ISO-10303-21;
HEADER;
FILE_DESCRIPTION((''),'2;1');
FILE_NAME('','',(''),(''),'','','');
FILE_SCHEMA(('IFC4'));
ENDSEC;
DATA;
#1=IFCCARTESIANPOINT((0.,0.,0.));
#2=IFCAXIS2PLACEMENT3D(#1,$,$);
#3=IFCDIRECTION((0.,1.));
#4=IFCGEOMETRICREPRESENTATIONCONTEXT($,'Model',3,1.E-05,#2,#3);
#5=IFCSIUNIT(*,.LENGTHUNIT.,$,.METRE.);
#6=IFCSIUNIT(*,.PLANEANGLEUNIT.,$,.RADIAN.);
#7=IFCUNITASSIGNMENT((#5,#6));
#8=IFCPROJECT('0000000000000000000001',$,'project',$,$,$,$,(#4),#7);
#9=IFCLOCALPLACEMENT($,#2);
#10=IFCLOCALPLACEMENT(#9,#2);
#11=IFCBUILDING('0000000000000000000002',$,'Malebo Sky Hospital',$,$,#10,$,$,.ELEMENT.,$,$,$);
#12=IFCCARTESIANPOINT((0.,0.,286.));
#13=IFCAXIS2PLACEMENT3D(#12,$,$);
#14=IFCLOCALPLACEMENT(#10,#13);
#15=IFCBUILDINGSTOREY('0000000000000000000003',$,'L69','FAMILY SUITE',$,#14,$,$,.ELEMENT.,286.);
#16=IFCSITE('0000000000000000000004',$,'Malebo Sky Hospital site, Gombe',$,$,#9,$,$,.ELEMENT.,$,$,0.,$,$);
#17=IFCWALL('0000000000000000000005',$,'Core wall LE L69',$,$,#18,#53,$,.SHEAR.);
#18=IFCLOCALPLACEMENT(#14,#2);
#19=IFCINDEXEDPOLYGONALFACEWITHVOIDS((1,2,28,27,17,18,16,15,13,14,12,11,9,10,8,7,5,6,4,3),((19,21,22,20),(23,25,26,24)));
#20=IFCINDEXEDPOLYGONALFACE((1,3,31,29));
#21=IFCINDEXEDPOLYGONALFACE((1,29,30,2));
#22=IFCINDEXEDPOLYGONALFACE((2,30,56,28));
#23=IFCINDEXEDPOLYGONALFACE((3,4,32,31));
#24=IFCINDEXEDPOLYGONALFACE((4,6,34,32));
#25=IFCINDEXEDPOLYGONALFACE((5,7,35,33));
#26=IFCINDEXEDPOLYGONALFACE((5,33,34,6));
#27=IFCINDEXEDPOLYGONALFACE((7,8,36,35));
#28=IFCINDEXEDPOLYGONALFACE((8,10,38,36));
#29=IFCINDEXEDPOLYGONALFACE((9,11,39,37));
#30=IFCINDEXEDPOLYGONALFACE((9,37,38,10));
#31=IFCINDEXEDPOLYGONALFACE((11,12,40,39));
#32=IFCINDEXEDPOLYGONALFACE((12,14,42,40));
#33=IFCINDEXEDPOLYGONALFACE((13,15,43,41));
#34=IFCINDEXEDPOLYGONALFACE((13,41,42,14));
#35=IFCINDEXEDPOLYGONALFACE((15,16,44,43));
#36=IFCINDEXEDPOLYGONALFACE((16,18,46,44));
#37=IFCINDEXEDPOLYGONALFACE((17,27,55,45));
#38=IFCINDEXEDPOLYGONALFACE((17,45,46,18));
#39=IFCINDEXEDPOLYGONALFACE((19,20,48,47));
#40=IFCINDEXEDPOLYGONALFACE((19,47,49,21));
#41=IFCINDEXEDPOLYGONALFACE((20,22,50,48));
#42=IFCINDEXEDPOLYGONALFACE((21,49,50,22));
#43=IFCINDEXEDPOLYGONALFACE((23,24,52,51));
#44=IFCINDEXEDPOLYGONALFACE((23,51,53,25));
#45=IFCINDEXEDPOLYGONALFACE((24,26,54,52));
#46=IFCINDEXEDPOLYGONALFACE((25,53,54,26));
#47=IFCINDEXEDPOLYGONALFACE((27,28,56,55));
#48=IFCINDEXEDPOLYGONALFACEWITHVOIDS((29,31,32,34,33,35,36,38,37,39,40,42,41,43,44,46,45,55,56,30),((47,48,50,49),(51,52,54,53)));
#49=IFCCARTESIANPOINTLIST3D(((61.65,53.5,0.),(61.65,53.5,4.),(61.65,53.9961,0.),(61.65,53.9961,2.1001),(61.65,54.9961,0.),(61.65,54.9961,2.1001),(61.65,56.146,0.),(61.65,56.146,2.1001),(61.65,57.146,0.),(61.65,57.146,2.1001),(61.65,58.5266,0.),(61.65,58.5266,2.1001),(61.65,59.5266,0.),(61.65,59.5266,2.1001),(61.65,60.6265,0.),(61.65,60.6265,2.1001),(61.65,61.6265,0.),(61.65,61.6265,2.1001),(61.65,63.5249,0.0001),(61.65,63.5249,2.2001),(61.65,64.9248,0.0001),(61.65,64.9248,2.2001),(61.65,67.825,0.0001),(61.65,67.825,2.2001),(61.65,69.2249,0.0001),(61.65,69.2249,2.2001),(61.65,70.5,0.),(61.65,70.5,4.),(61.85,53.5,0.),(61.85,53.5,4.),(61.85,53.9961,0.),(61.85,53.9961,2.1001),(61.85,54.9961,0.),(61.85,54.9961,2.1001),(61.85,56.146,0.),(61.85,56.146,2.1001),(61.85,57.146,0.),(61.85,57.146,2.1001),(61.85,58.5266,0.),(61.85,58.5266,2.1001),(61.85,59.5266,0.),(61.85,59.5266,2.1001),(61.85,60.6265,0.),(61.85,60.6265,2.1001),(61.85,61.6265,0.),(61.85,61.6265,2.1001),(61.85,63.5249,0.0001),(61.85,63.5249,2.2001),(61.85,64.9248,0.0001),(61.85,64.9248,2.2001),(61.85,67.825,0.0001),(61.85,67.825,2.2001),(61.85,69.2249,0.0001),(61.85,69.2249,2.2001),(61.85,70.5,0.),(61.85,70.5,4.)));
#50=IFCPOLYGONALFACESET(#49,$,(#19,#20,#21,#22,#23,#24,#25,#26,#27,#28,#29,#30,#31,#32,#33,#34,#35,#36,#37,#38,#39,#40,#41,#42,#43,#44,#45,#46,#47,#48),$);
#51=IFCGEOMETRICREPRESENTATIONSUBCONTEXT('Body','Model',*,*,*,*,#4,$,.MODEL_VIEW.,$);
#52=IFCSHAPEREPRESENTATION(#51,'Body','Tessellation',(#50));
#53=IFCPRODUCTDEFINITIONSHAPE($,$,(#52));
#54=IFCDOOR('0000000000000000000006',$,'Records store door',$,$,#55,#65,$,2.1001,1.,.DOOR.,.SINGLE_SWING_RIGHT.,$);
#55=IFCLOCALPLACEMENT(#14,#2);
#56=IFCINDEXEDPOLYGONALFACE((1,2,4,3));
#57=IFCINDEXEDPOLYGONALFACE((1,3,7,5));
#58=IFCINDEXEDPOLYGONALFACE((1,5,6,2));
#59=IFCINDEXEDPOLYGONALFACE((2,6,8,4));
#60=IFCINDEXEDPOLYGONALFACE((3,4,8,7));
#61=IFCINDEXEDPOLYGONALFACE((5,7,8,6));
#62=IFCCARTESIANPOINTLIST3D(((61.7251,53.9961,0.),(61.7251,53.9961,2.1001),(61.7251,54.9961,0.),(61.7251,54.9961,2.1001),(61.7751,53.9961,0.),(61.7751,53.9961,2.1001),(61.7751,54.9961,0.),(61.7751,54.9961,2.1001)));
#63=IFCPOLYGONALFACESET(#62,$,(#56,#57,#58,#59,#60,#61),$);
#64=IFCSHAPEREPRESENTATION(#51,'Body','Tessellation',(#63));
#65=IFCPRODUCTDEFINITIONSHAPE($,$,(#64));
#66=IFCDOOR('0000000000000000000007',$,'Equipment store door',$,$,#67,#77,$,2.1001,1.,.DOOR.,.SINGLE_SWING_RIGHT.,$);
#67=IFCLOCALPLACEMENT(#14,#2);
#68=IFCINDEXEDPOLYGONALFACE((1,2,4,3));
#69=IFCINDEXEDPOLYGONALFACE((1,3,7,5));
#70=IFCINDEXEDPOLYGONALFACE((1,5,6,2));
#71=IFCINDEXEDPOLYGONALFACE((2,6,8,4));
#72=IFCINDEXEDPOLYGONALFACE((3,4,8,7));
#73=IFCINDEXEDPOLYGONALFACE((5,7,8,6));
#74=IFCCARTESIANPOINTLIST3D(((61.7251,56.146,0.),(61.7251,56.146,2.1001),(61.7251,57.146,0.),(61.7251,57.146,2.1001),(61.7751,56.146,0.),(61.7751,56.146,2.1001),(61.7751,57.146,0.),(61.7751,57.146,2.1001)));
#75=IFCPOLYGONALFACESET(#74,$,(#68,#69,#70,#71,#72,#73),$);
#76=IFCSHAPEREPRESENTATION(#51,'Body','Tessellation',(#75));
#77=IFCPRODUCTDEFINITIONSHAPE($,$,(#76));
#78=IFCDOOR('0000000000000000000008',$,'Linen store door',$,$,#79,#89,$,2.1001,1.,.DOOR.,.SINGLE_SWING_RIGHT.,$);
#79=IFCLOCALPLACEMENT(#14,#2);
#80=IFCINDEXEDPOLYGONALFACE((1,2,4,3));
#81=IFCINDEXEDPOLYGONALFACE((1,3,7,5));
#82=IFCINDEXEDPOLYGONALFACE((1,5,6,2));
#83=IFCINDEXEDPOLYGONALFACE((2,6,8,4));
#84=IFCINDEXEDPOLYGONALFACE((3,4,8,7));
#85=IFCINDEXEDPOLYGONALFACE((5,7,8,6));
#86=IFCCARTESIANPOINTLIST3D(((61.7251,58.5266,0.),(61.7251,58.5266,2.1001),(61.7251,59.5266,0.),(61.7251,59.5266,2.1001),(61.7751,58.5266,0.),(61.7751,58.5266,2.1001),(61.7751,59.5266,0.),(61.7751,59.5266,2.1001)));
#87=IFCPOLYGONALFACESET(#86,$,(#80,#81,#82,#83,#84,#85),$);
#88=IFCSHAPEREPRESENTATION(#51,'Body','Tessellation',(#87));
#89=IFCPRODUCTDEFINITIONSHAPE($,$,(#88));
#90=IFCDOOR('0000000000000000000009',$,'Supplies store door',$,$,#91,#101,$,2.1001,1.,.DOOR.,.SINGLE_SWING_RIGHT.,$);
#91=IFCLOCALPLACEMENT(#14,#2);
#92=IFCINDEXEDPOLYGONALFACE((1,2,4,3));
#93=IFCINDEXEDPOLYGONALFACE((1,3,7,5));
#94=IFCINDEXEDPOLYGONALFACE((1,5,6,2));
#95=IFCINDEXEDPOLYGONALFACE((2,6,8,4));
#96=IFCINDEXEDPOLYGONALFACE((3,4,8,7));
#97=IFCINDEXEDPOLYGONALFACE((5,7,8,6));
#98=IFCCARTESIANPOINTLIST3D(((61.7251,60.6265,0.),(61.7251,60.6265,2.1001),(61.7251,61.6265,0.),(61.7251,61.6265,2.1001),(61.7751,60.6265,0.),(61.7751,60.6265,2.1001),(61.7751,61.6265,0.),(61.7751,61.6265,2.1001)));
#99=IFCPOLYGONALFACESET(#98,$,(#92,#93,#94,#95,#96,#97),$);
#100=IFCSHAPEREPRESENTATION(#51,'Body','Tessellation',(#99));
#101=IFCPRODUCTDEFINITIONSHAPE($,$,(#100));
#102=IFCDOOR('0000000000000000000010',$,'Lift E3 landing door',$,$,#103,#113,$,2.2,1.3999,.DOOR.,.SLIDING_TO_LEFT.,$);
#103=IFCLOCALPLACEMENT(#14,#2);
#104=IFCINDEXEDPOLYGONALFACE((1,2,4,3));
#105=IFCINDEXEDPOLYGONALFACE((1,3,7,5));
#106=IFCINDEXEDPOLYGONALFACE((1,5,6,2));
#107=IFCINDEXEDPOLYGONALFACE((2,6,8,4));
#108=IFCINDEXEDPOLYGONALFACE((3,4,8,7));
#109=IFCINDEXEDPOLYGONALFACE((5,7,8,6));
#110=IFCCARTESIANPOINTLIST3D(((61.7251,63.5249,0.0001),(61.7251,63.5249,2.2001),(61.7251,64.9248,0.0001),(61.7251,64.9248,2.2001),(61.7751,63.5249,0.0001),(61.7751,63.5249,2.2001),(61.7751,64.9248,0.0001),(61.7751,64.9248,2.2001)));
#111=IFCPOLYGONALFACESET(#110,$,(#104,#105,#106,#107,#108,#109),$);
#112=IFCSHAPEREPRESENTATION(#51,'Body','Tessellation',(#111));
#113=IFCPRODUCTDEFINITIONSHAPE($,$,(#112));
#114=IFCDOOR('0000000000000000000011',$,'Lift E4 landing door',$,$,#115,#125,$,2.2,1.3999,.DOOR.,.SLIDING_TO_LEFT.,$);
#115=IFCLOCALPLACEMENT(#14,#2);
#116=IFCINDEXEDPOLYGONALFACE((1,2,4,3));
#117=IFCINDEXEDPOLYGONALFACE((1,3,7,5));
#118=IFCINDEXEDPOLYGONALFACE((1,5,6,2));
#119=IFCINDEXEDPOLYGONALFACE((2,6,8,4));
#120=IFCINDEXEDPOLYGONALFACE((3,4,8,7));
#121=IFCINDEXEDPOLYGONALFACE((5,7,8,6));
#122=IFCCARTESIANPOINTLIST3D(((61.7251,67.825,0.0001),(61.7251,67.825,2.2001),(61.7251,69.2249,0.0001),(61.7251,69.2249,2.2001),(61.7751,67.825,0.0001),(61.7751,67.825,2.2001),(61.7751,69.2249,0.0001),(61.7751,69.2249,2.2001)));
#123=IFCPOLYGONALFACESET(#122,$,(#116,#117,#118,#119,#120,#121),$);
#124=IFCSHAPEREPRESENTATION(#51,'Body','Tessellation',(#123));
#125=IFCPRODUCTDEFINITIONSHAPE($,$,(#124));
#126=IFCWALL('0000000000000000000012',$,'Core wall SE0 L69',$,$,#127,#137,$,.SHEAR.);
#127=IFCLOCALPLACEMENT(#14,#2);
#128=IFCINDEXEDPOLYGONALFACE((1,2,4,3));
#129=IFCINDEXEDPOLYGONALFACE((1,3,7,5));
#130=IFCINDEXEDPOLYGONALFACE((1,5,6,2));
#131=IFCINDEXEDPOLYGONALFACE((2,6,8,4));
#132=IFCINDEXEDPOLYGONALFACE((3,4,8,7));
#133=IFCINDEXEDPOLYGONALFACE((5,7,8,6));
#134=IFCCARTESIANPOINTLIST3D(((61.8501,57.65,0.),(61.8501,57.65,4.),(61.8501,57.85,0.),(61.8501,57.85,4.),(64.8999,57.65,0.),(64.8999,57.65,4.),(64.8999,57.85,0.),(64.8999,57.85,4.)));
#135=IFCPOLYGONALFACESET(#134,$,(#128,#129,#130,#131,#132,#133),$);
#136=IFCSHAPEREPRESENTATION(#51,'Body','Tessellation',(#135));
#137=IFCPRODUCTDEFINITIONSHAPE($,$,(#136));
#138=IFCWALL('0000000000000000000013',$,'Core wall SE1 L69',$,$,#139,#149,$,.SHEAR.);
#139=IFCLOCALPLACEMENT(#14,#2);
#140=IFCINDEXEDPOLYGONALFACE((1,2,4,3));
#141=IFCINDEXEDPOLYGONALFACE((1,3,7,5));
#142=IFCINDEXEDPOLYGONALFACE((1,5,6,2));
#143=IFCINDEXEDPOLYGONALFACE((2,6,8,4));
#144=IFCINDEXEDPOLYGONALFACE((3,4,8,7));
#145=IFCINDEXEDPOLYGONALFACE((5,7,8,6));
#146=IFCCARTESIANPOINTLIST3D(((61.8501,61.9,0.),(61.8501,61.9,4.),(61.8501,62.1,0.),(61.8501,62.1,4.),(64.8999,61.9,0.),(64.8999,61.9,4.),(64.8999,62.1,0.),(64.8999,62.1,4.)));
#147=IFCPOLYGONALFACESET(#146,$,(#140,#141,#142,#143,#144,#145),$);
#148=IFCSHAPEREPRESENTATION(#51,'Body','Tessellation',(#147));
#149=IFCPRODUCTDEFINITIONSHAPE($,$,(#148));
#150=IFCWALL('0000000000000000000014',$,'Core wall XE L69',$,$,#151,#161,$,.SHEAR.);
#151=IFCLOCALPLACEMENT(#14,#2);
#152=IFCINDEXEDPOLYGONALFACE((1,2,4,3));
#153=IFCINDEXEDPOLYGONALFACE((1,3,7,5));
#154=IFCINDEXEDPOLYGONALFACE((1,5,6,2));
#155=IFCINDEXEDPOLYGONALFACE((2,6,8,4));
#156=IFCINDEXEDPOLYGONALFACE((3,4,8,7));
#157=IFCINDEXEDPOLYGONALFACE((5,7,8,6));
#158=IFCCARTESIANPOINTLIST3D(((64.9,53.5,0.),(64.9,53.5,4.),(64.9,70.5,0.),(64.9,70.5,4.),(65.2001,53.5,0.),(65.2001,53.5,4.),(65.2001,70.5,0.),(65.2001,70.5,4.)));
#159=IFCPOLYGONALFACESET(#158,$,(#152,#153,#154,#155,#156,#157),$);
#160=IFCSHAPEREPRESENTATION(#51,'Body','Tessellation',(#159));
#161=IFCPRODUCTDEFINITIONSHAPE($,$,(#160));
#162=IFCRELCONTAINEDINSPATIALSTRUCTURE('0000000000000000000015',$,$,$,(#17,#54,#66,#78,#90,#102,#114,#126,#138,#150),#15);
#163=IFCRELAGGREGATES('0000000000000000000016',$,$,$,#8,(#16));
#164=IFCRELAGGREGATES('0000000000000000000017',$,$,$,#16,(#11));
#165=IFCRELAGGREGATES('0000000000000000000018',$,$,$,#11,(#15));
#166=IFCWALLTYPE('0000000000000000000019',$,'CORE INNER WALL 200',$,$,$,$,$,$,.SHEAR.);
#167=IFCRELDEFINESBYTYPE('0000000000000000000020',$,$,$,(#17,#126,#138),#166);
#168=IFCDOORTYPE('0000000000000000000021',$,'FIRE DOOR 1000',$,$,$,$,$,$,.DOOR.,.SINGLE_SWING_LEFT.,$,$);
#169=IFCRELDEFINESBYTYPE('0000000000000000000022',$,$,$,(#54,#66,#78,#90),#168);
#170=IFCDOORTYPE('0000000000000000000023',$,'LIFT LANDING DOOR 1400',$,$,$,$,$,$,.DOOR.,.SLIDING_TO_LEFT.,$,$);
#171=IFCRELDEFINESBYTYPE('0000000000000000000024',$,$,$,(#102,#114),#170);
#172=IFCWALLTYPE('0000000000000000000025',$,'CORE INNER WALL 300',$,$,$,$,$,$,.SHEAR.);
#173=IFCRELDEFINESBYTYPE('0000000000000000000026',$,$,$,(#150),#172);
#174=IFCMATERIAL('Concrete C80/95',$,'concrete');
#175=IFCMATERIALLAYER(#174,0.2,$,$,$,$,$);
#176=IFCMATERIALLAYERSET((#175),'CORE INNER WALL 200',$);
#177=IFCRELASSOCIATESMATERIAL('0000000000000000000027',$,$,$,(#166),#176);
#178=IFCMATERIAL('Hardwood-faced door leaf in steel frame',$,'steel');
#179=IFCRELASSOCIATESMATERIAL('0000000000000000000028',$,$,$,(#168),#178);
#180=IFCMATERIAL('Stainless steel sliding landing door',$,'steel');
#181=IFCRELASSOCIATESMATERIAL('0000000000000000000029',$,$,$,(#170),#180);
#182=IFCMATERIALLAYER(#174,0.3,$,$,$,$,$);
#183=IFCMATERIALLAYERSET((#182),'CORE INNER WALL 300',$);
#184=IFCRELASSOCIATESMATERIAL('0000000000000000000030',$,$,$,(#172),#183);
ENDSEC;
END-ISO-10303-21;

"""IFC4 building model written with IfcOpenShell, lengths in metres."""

from ifc_helpers import new_model, si_unit, direction, frame, frame_2d, origin, place, context, subcontext, project, spatial, rectangle, extrude, material, layer, layer_set, type_object, element, fill, save


model = new_model("IFC4")

# Units and contexts
model_context = context("Model", 3, precision=1e-05, world=origin(), true_north=direction((0.0, 1.0)))
body_context = subcontext(model_context, "Body", "Model", "MODEL_VIEW")
ifc_project = project(units=[si_unit("LENGTHUNIT", "METRE"), si_unit("PLANEANGLEUNIT", "RADIAN")], contexts=[model_context])

# Site, building, storey
site_placement = place(None, origin())
site = spatial("IfcSite", under=ifc_project, at=site_placement, Name="Malebo Sky Hospital site, Gombe", CompositionType="ELEMENT", RefElevation=0.0)
building_placement = place(site_placement, origin())
building = spatial("IfcBuilding", under=site, at=building_placement, Name="Malebo Sky Hospital", CompositionType="ELEMENT")
storey_placement = place(building_placement, frame((0.0, 0.0, 286.0)))
storey = spatial("IfcBuildingStorey", under=building, at=storey_placement, Name="L69", Description="FAMILY SUITE", CompositionType="ELEMENT", Elevation=286.0)

# Wall, openings, doors
ifc_material_1 = material(Name="Concrete C80/95", Category="concrete")
ifc_layer_1 = layer(ifc_material_1, 0.2)
ifc_layer_set_1 = layer_set([ifc_layer_1], Name="CORE INNER WALL 200")
wall_type_1 = type_object("IfcWallType", Name="CORE INNER WALL 200", PredefinedType="SHEAR", material=ifc_layer_set_1)
ifc_material_2 = material(Name="Hardwood-faced door leaf in steel frame", Category="steel")
door_type_1 = type_object("IfcDoorType", Name="FIRE DOOR 1000", OperationType="SINGLE_SWING_LEFT", PredefinedType="DOOR", material=ifc_material_2)
ifc_material_3 = material(Name="Stainless steel sliding landing door", Category="steel")
door_type_2 = type_object("IfcDoorType", Name="LIFT LANDING DOOR 1400", OperationType="SLIDING_TO_LEFT", PredefinedType="DOOR", material=ifc_material_3)
wall_1_placement = place(storey_placement, frame((61.75, 53.5, 0.0), z_axis=(0.0, 0.0, 1.0), x_axis=(0.0, 1.0, 0.0)))
wall_1 = element("IfcWall", 1, at=wall_1_placement, inside=storey, type_object=wall_type_1, Name="Core wall LE L69", PredefinedType="SHEAR", context=body_context, shape_type="SweptSolid", body=[
    extrude(rectangle(XDim=17.0, YDim=0.2, at=frame_2d((8.5, 0.0))), origin(), (0.0, 0.0, 1.0), 4.0),
])
opening_1_placement = place(wall_1_placement, frame((0.4961, 0.0, 0.0)))
opening_1 = element("IfcOpeningElement", 2, at=opening_1_placement, cuts=wall_1, PredefinedType="OPENING", context=body_context, shape_type="SweptSolid", body=[
    extrude(rectangle(XDim=1.0, YDim=2.1001, at=frame_2d((0.5, 1.05))), frame((0.0, 0.1099, 0.0), z_axis=(0.0, -1.0, 0.0), x_axis=(1.0, 0.0, 0.0)), (0.0, 0.0, 1.0), 0.22),
])
opening_2_placement = place(wall_1_placement, frame((2.646, 0.0, 0.0)))
opening_2 = element("IfcOpeningElement", 3, at=opening_2_placement, cuts=wall_1, PredefinedType="OPENING", context=body_context, shape_type="SweptSolid", body=[
    extrude(rectangle(XDim=1.0, YDim=2.1001, at=frame_2d((0.5, 1.05))), frame((0.0, 0.1099, 0.0), z_axis=(0.0, -1.0, 0.0), x_axis=(1.0, 0.0, 0.0)), (0.0, 0.0, 1.0), 0.22),
])
opening_3_placement = place(wall_1_placement, frame((5.0266, 0.0, 0.0)))
opening_3 = element("IfcOpeningElement", 4, at=opening_3_placement, cuts=wall_1, PredefinedType="OPENING", context=body_context, shape_type="SweptSolid", body=[
    extrude(rectangle(XDim=1.0, YDim=2.1001, at=frame_2d((0.5, 1.05))), frame((0.0, 0.1099, 0.0), z_axis=(0.0, -1.0, 0.0), x_axis=(1.0, 0.0, 0.0)), (0.0, 0.0, 1.0), 0.22),
])
opening_4_placement = place(wall_1_placement, frame((7.1265, 0.0, 0.0)))
opening_4 = element("IfcOpeningElement", 5, at=opening_4_placement, cuts=wall_1, PredefinedType="OPENING", context=body_context, shape_type="SweptSolid", body=[
    extrude(rectangle(XDim=1.0, YDim=2.1001, at=frame_2d((0.5, 1.05))), frame((0.0, 0.1099, 0.0), z_axis=(0.0, -1.0, 0.0), x_axis=(1.0, 0.0, 0.0)), (0.0, 0.0, 1.0), 0.22),
])
opening_5_placement = place(wall_1_placement, frame((10.0249, 0.0, 0.0)))
opening_5 = element("IfcOpeningElement", 6, at=opening_5_placement, cuts=wall_1, PredefinedType="OPENING", context=body_context, shape_type="SweptSolid", body=[
    extrude(rectangle(XDim=1.3999, YDim=2.2, at=frame_2d((0.7, 1.1001))), frame((0.0, 0.1099, 0.0), z_axis=(0.0, -1.0, 0.0), x_axis=(1.0, 0.0, 0.0)), (0.0, 0.0, 1.0), 0.22),
])
opening_6_placement = place(wall_1_placement, frame((14.325, 0.0, 0.0)))
opening_6 = element("IfcOpeningElement", 7, at=opening_6_placement, cuts=wall_1, PredefinedType="OPENING", context=body_context, shape_type="SweptSolid", body=[
    extrude(rectangle(XDim=1.3999, YDim=2.2, at=frame_2d((0.7, 1.1001))), frame((0.0, 0.1099, 0.0), z_axis=(0.0, -1.0, 0.0), x_axis=(1.0, 0.0, 0.0)), (0.0, 0.0, 1.0), 0.22),
])
door_1_placement = place(opening_1_placement, origin())
door_1 = element("IfcDoor", 8, at=door_1_placement, inside=storey, type_object=door_type_1, Name="Records store door", OperationType="SINGLE_SWING_RIGHT", OverallHeight=2.1001, OverallWidth=1.0, PredefinedType="DOOR", context=body_context, shape_type="SweptSolid", body=[
    extrude(rectangle(XDim=1.0, YDim=2.1001, at=frame_2d((0.5, 1.05))), frame((0.0, 0.0249, 0.0), z_axis=(0.0, -1.0, 0.0), x_axis=(1.0, 0.0, 0.0)), (0.0, 0.0, 1.0), 0.05),
])
fill(opening_1, door_1)
door_2_placement = place(opening_2_placement, origin())
door_2 = element("IfcDoor", 9, at=door_2_placement, inside=storey, type_object=door_type_1, Name="Equipment store door", OperationType="SINGLE_SWING_RIGHT", OverallHeight=2.1001, OverallWidth=1.0, PredefinedType="DOOR", context=body_context, shape_type="SweptSolid", body=[
    extrude(rectangle(XDim=1.0, YDim=2.1001, at=frame_2d((0.5, 1.05))), frame((0.0, 0.0249, 0.0), z_axis=(0.0, -1.0, 0.0), x_axis=(1.0, 0.0, 0.0)), (0.0, 0.0, 1.0), 0.05),
])
fill(opening_2, door_2)
door_3_placement = place(opening_3_placement, origin())
door_3 = element("IfcDoor", 10, at=door_3_placement, inside=storey, type_object=door_type_1, Name="Linen store door", OperationType="SINGLE_SWING_RIGHT", OverallHeight=2.1001, OverallWidth=1.0, PredefinedType="DOOR", context=body_context, shape_type="SweptSolid", body=[
    extrude(rectangle(XDim=1.0, YDim=2.1001, at=frame_2d((0.5, 1.05))), frame((0.0, 0.0249, 0.0), z_axis=(0.0, -1.0, 0.0), x_axis=(1.0, 0.0, 0.0)), (0.0, 0.0, 1.0), 0.05),
])
fill(opening_3, door_3)
door_4_placement = place(opening_4_placement, origin())
door_4 = element("IfcDoor", 11, at=door_4_placement, inside=storey, type_object=door_type_1, Name="Supplies store door", OperationType="SINGLE_SWING_RIGHT", OverallHeight=2.1001, OverallWidth=1.0, PredefinedType="DOOR", context=body_context, shape_type="SweptSolid", body=[
    extrude(rectangle(XDim=1.0, YDim=2.1001, at=frame_2d((0.5, 1.05))), frame((0.0, 0.0249, 0.0), z_axis=(0.0, -1.0, 0.0), x_axis=(1.0, 0.0, 0.0)), (0.0, 0.0, 1.0), 0.05),
])
fill(opening_4, door_4)
door_5_placement = place(opening_5_placement, origin())
door_5 = element("IfcDoor", 12, at=door_5_placement, inside=storey, type_object=door_type_2, Name="Lift E3 landing door", OperationType="SLIDING_TO_LEFT", OverallHeight=2.2, OverallWidth=1.3999, PredefinedType="DOOR", context=body_context, shape_type="SweptSolid", body=[
    extrude(rectangle(XDim=1.3999, YDim=2.2, at=frame_2d((0.7, 1.1001))), frame((0.0, 0.0249, 0.0), z_axis=(0.0, -1.0, 0.0), x_axis=(1.0, 0.0, 0.0)), (0.0, 0.0, 1.0), 0.05),
])
fill(opening_5, door_5)
door_6_placement = place(opening_6_placement, origin())
door_6 = element("IfcDoor", 13, at=door_6_placement, inside=storey, type_object=door_type_2, Name="Lift E4 landing door", OperationType="SLIDING_TO_LEFT", OverallHeight=2.2, OverallWidth=1.3999, PredefinedType="DOOR", context=body_context, shape_type="SweptSolid", body=[
    extrude(rectangle(XDim=1.3999, YDim=2.2, at=frame_2d((0.7, 1.1001))), frame((0.0, 0.0249, 0.0), z_axis=(0.0, -1.0, 0.0), x_axis=(1.0, 0.0, 0.0)), (0.0, 0.0, 1.0), 0.05),
])
fill(opening_6, door_6)

# Walls
for number, where, z_axis, x_axis, name in (
    (14, (61.8501, 57.75, 0.0), (0.0, 0.0, 1.0), (1.0, 0.0, 0.0), "Core wall SE0 L69"),
    (15, (61.8501, 62.0, 0.0), (0.0, 0.0, 1.0), (1.0, 0.0, 0.0), "Core wall SE1 L69"),
):
    element("IfcWall", number, at=place(storey_placement, frame(where, z_axis=z_axis, x_axis=x_axis)), inside=storey, type_object=wall_type_1, Name=name, PredefinedType="SHEAR", context=body_context, shape_type="SweptSolid", body=[
        extrude(rectangle(XDim=3.0498, YDim=0.2, at=frame_2d((1.5249, 0.0))), origin(), (0.0, 0.0, 1.0), 4.0),
    ])
ifc_layer_2 = layer(ifc_material_1, 0.3)
ifc_layer_set_2 = layer_set([ifc_layer_2], Name="CORE INNER WALL 300")
wall_type_2 = type_object("IfcWallType", Name="CORE INNER WALL 300", PredefinedType="SHEAR", material=ifc_layer_set_2)
wall_2_placement = place(storey_placement, frame((65.05, 53.5, 0.0), z_axis=(0.0, 0.0, 1.0), x_axis=(0.0, 1.0, 0.0)))
element("IfcWall", 16, at=wall_2_placement, inside=storey, type_object=wall_type_2, Name="Core wall XE L69", PredefinedType="SHEAR", context=body_context, shape_type="SweptSolid", body=[
    extrude(rectangle(XDim=17.0, YDim=0.3, at=frame_2d((8.5, 0.0))), origin(), (0.0, 0.0, 1.0), 4.0),
])

save(model, "model.ifc")
